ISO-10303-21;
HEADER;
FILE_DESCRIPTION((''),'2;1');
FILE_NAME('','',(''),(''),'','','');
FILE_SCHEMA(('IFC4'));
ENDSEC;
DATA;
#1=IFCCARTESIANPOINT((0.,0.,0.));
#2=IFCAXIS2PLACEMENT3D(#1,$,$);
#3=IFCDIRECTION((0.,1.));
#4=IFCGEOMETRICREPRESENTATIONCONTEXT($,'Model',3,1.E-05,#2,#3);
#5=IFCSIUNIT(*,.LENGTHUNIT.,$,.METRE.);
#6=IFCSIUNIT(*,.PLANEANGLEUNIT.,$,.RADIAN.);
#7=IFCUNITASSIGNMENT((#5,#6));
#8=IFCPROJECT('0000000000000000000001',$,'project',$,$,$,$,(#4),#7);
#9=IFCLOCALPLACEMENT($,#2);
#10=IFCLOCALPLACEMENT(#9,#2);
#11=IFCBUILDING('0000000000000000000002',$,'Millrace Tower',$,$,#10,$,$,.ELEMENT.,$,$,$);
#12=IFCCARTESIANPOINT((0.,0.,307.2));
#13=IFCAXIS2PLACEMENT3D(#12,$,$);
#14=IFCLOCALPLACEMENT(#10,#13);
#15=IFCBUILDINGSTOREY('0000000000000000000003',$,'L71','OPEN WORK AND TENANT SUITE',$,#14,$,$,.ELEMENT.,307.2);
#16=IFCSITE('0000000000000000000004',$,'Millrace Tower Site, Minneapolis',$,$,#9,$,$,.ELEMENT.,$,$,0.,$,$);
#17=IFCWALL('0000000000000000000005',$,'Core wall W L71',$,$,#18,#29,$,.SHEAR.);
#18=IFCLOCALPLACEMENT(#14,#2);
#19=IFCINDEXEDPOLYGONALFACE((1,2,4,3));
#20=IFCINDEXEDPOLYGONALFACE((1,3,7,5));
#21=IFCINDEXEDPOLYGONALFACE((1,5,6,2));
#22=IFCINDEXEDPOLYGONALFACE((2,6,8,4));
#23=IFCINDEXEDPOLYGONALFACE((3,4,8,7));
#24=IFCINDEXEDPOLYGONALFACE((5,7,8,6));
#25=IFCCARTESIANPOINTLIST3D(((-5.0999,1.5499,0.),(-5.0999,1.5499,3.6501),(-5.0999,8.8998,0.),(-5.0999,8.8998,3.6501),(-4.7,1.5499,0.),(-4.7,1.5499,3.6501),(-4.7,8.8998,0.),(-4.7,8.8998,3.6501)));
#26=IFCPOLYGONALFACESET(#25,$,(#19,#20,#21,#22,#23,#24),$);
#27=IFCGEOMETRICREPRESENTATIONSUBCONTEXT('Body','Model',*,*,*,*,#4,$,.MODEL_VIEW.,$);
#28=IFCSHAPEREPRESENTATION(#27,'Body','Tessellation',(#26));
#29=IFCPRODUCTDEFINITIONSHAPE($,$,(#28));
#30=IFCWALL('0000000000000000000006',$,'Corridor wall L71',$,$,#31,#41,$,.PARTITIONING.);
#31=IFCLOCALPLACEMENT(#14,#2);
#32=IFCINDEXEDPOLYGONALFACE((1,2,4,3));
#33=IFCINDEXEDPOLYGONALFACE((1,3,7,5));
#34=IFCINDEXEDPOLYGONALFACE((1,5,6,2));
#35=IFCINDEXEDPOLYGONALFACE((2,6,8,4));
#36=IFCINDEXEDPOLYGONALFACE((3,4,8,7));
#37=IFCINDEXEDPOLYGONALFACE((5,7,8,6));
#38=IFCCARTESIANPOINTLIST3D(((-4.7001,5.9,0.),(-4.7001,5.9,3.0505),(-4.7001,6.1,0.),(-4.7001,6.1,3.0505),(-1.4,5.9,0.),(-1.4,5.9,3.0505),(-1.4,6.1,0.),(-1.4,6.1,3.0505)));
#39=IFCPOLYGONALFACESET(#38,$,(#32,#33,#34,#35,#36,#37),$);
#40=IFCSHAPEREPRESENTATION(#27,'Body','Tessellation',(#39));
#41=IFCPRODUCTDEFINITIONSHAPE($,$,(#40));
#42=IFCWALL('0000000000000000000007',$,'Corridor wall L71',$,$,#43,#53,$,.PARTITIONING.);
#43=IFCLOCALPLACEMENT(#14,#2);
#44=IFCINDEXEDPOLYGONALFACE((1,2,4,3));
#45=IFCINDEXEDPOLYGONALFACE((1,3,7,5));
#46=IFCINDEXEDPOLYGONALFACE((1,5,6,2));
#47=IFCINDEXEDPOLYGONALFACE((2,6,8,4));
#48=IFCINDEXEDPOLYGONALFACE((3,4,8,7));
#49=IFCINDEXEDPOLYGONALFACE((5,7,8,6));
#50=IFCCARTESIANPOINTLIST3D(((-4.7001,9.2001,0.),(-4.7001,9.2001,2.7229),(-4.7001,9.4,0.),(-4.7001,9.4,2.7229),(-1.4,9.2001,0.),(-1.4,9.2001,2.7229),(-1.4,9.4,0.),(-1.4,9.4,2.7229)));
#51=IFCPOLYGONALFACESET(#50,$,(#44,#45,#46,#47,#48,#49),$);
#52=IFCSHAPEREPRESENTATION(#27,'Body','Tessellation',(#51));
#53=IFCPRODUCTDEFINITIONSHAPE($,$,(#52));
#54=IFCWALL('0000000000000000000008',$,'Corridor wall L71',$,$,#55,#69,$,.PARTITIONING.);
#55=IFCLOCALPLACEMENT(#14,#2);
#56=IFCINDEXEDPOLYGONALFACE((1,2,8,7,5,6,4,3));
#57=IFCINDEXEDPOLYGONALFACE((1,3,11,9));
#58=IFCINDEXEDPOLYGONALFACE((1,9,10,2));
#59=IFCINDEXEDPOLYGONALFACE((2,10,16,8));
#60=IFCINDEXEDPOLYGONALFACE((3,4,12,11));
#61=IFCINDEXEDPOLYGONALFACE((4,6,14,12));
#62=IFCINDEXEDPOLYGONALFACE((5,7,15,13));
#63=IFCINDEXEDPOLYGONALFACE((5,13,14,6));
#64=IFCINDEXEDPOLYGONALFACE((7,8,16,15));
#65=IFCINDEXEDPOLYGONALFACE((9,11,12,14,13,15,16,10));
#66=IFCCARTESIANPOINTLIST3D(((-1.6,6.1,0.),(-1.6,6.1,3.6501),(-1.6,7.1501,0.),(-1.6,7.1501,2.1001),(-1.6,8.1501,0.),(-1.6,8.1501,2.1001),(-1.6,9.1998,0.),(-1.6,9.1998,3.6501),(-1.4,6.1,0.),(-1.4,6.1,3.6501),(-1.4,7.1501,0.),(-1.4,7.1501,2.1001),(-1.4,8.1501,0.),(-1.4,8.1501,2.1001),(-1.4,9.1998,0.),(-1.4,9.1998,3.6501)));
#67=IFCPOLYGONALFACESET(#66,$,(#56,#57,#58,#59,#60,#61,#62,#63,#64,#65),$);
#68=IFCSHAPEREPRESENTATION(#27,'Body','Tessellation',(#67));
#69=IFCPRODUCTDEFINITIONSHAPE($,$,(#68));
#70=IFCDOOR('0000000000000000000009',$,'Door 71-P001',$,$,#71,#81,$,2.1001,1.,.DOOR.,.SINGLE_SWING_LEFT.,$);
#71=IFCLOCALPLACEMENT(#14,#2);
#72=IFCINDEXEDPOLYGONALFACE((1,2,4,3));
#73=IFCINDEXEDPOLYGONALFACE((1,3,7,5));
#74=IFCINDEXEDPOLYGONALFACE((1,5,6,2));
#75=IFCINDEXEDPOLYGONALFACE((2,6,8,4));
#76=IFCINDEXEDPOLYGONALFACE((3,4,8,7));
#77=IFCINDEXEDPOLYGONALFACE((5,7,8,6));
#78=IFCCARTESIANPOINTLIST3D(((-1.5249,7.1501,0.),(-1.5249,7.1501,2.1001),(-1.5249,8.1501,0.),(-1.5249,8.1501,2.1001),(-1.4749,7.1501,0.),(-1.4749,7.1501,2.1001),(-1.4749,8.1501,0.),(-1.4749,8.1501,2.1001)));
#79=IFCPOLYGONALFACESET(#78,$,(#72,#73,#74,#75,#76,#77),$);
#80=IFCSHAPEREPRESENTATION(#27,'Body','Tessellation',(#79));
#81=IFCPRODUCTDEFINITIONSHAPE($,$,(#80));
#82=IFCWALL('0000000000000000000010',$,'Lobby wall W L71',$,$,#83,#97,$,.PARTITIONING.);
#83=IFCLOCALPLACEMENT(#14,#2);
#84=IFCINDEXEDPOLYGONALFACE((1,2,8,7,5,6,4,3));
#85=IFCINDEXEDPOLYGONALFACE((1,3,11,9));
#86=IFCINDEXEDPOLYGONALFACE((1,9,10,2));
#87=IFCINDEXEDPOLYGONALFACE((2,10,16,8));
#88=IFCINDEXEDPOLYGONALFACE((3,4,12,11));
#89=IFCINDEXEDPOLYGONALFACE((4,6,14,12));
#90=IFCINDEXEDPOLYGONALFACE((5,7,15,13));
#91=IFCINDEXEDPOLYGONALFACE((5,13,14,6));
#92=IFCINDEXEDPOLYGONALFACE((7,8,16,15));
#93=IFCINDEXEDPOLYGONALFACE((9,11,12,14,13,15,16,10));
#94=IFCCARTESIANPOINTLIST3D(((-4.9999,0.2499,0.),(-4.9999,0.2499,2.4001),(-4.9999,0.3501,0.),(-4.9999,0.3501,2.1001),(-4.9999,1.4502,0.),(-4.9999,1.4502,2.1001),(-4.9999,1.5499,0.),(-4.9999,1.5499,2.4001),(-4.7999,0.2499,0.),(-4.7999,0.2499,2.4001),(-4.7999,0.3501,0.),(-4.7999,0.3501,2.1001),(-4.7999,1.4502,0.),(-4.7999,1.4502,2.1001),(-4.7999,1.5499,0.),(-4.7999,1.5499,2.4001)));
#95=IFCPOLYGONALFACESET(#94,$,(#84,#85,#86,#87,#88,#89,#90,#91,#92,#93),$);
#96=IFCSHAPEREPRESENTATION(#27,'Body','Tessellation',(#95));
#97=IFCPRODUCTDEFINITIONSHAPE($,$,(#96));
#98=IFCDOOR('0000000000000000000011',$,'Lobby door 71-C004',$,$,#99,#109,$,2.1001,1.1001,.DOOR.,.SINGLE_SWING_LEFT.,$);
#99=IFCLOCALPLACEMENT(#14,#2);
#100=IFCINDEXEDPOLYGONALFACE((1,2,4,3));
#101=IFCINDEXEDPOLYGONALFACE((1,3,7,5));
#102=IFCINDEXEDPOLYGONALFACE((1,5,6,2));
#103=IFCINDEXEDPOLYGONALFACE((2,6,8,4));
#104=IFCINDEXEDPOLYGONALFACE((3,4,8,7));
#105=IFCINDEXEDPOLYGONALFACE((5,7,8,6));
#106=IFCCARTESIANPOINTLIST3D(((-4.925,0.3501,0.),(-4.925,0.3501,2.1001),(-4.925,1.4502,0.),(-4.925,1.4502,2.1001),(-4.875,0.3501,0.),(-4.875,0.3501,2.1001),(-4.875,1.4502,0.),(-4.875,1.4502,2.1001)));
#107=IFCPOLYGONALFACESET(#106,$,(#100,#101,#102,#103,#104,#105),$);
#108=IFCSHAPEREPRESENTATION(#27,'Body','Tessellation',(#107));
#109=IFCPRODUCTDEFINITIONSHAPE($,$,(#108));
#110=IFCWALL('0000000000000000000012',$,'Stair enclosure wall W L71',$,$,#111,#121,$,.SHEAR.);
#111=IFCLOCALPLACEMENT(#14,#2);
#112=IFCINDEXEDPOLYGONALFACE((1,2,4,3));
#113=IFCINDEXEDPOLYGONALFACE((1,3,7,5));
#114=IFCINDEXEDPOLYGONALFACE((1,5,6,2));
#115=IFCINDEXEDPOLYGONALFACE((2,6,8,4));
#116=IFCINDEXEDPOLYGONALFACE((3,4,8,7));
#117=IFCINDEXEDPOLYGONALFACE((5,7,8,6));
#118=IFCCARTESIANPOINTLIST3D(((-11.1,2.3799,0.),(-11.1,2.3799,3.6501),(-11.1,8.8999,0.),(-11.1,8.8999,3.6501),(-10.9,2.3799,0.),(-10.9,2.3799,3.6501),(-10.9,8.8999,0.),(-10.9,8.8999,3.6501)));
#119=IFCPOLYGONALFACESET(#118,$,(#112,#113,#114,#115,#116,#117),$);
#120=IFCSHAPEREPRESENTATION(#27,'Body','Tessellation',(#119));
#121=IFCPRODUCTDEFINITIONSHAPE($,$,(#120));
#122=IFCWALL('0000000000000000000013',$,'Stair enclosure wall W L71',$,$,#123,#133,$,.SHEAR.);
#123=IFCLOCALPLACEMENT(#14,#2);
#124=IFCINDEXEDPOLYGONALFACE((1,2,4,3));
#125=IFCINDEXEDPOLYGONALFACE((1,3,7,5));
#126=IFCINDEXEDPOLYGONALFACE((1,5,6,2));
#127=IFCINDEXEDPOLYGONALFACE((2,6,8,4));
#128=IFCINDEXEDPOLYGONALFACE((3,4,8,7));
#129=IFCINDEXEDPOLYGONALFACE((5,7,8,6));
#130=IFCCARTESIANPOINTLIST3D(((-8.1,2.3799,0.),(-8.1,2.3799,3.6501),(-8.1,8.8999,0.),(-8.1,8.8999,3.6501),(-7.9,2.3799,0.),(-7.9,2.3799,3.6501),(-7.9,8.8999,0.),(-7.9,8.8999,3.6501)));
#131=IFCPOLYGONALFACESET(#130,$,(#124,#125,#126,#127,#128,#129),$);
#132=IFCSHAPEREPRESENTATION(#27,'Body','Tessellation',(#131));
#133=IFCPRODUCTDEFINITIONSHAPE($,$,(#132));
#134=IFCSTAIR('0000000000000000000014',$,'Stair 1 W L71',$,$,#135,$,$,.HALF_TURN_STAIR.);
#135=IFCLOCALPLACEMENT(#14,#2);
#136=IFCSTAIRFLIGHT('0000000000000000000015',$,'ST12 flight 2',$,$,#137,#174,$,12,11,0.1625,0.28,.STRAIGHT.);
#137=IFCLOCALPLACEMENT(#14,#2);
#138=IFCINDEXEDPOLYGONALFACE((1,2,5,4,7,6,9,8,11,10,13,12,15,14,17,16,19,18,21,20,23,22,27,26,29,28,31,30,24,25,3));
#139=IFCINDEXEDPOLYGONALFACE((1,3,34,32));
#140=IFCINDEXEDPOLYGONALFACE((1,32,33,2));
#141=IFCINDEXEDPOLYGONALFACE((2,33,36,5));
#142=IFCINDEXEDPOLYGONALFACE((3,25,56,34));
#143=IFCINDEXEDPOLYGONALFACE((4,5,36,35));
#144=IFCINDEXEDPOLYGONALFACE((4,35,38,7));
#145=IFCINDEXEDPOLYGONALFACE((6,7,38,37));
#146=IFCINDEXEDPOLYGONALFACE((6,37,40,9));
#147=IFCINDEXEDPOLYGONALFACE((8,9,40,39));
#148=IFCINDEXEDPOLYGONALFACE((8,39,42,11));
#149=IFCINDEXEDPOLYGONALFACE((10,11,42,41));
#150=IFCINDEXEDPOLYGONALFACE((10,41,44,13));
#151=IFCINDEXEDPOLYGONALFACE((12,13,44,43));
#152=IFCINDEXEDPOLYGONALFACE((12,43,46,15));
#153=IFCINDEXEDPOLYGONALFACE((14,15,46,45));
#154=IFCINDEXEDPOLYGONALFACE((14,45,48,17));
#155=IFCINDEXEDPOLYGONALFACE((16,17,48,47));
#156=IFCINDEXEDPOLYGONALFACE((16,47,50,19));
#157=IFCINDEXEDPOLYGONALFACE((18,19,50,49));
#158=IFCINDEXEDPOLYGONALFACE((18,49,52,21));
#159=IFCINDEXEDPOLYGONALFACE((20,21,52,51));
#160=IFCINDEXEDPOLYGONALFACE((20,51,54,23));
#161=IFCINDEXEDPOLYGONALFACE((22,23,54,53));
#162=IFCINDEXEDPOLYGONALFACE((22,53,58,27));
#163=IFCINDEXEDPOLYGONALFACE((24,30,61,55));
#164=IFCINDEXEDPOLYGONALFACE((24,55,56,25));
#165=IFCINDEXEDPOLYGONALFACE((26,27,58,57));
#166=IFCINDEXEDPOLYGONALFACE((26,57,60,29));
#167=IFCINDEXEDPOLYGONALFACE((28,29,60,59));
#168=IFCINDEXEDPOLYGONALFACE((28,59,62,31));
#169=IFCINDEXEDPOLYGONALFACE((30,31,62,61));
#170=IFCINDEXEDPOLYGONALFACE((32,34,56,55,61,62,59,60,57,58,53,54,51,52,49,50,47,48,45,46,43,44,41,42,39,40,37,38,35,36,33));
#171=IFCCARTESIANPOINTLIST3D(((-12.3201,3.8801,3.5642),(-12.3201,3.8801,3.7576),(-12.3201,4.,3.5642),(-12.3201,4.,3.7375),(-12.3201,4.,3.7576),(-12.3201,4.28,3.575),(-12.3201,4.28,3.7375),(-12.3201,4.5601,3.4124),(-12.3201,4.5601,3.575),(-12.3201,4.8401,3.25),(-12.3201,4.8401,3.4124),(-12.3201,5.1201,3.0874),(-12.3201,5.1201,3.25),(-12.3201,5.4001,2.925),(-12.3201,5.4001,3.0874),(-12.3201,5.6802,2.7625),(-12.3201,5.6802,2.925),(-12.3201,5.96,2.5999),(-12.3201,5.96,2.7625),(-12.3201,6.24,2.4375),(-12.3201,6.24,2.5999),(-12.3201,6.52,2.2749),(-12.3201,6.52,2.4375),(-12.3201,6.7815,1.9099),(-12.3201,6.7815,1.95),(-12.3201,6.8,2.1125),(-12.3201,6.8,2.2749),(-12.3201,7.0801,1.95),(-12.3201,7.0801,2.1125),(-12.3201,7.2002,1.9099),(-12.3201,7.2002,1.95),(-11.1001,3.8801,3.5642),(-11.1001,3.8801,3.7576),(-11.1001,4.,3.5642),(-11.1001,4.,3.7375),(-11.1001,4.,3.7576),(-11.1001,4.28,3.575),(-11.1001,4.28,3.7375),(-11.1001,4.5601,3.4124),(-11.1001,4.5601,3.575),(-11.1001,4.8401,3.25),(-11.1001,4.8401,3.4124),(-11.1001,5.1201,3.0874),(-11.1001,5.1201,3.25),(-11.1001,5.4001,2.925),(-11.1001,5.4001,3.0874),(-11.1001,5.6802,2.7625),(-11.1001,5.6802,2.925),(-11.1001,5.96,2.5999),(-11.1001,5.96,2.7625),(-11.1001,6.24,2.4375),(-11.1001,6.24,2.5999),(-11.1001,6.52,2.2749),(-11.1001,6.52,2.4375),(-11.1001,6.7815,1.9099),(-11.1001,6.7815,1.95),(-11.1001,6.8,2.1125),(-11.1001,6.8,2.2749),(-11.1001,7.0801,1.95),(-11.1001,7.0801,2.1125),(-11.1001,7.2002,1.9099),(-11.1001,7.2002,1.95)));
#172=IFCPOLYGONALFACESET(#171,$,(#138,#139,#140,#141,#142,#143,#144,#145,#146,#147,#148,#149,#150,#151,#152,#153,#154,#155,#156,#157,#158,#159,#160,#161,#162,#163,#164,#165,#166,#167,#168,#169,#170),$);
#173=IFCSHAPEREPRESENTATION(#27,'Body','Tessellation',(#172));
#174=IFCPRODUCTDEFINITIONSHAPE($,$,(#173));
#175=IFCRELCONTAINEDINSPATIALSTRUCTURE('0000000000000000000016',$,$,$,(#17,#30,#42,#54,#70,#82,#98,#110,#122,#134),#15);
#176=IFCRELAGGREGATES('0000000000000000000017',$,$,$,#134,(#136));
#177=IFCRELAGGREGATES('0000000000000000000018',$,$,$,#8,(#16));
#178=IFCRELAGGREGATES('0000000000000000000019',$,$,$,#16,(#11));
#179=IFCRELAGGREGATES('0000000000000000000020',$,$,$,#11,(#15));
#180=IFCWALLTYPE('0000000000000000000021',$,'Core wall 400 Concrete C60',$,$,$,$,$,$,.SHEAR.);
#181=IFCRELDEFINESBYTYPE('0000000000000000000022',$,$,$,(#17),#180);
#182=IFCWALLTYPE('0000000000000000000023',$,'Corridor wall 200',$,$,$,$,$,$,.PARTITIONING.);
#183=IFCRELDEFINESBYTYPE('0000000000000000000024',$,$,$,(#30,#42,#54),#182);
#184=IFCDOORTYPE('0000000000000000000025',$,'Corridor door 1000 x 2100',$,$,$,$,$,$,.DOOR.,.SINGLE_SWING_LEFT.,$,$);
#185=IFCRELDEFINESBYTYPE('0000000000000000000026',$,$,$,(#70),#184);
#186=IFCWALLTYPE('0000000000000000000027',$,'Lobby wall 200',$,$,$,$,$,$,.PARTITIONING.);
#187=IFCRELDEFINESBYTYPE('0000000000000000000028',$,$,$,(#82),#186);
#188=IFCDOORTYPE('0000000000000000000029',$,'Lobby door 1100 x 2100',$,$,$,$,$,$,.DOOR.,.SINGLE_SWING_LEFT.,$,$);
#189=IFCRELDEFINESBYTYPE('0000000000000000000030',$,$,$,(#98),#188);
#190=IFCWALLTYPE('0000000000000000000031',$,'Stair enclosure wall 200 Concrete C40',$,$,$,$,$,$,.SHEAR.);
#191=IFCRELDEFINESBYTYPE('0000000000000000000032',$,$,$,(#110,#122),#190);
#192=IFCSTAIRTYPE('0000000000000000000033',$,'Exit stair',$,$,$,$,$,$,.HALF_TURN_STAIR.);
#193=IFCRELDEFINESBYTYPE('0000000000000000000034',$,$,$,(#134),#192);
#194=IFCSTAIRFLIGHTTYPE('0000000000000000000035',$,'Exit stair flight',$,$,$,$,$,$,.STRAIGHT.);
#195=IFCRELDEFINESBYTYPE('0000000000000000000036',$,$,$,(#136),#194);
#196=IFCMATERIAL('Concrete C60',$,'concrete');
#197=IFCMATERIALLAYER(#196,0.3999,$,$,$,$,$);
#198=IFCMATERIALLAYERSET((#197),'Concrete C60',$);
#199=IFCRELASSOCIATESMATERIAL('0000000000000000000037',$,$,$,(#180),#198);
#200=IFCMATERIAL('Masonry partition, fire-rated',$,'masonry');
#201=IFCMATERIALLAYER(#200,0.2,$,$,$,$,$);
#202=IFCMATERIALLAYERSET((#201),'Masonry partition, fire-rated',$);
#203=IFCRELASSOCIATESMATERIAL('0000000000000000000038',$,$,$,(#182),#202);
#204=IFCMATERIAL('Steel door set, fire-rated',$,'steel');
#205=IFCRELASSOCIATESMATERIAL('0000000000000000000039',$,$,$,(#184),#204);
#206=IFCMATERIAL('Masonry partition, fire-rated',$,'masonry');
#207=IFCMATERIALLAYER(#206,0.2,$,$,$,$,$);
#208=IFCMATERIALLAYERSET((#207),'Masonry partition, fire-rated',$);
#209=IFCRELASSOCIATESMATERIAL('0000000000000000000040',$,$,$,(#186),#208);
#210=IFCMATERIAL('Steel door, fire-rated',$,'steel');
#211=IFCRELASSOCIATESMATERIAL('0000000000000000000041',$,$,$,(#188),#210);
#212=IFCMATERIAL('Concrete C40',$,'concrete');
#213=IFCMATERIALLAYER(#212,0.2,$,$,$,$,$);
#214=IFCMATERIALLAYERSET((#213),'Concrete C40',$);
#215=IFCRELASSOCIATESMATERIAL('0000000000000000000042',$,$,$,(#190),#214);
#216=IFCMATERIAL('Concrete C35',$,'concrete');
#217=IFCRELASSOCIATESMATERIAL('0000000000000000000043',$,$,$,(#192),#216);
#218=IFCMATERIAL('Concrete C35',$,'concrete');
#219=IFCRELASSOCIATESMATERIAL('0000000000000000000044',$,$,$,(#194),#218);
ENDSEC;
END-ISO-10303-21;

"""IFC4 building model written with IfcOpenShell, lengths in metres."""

from ifc_helpers import new_model, si_unit, direction, frame, frame_2d, origin, place, context, subcontext, project, spatial, polyline, rectangle, outline, extrude, material, layer, layer_set, type_object, element, fill, aggregate, save


model = new_model("IFC4")

# Units and contexts
model_context = context("Model", 3, precision=1e-05, world=origin(), true_north=direction((0.0, 1.0)))
body_context = subcontext(model_context, "Body", "Model", "MODEL_VIEW")
ifc_project = project(units=[si_unit("LENGTHUNIT", "METRE"), si_unit("PLANEANGLEUNIT", "RADIAN")], contexts=[model_context])

# Site, building, storey
site_placement = place(None, origin())
site = spatial("IfcSite", under=ifc_project, at=site_placement, Name="Millrace Tower Site, Minneapolis", CompositionType="ELEMENT", RefElevation=0.0)
building_placement = place(site_placement, origin())
building = spatial("IfcBuilding", under=site, at=building_placement, Name="Millrace Tower", CompositionType="ELEMENT")
storey_placement = place(building_placement, frame((0.0, 0.0, 307.2)))
storey = spatial("IfcBuildingStorey", under=building, at=storey_placement, Name="L71", Description="OPEN WORK AND TENANT SUITE", CompositionType="ELEMENT", Elevation=307.2)

# Walls
ifc_material_1 = material(Name="Concrete C60", Category="concrete")
ifc_layer_1 = layer(ifc_material_1, 0.3999)
ifc_layer_set_1 = layer_set([ifc_layer_1], Name="Concrete C60")
wall_type_1 = type_object("IfcWallType", Name="Core wall 400 Concrete C60", PredefinedType="SHEAR", material=ifc_layer_set_1)
wall_1_placement = place(storey_placement, frame((-4.8999, 1.55, 0.0), z_axis=(0.0, 0.0, 1.0), x_axis=(0.0, 1.0, 0.0)))
element("IfcWall", 1, at=wall_1_placement, inside=storey, type_object=wall_type_1, Name="Core wall W L71", PredefinedType="SHEAR", context=body_context, shape_type="SweptSolid", body=[
    extrude(rectangle(XDim=7.3499, YDim=0.3999, at=frame_2d((3.6748, 0.0))), origin(), (0.0, 0.0, 1.0), 3.6501),
])
ifc_material_2 = material(Name="Masonry partition, fire-rated", Category="masonry")
ifc_layer_2 = layer(ifc_material_2, 0.2)
ifc_layer_set_2 = layer_set([ifc_layer_2], Name="Masonry partition, fire-rated")
wall_type_2 = type_object("IfcWallType", Name="Corridor wall 200", PredefinedType="PARTITIONING", material=ifc_layer_set_2)
wall_2_placement = place(storey_placement, frame((-4.7, 6.0, 0.0), z_axis=(0.0, 0.0, 1.0), x_axis=(1.0, 0.0, 0.0)))
element("IfcWall", 2, at=wall_2_placement, inside=storey, type_object=wall_type_2, Name="Corridor wall L71", PredefinedType="PARTITIONING", context=body_context, shape_type="SweptSolid", body=[
    extrude(rectangle(XDim=3.3, YDim=0.2, at=frame_2d((1.6499, 0.0))), origin(), (0.0, 0.0, 1.0), 3.0505),
])
wall_3_placement = place(storey_placement, frame((-4.7, 9.3, 0.0), z_axis=(0.0, 0.0, 1.0), x_axis=(1.0, 0.0, 0.0)))
element("IfcWall", 3, at=wall_3_placement, inside=storey, type_object=wall_type_2, Name="Corridor wall L71", PredefinedType="PARTITIONING", context=body_context, shape_type="SweptSolid", body=[
    extrude(rectangle(XDim=3.3, YDim=0.2, at=frame_2d((1.6499, 0.0))), origin(), (0.0, 0.0, 1.0), 2.7229),
])

# Walls, openings, doors
wall_4_placement = place(storey_placement, frame((-1.5, 6.1001, 0.0), z_axis=(0.0, 0.0, 1.0), x_axis=(0.0, 1.0, 0.0)))
wall_4 = element("IfcWall", 4, at=wall_4_placement, inside=storey, type_object=wall_type_2, Name="Corridor wall L71", PredefinedType="PARTITIONING", context=body_context, shape_type="SweptSolid", body=[
    extrude(rectangle(XDim=3.0999, YDim=0.2, at=frame_2d((1.5498, 0.0))), origin(), (0.0, 0.0, 1.0), 3.6501),
])
opening_1_placement = place(wall_4_placement, frame((1.05, 0.0, 0.0)))
opening_1 = element("IfcOpeningElement", 5, at=opening_1_placement, cuts=wall_4, PredefinedType="OPENING", context=body_context, shape_type="SweptSolid", body=[
    extrude(rectangle(XDim=1.0, YDim=2.1001, at=frame_2d((0.5, 1.05))), frame((0.0, 0.1099, 0.0), z_axis=(0.0, -1.0, 0.0), x_axis=(1.0, 0.0, 0.0)), (0.0, 0.0, 1.0), 0.22),
])
ifc_material_3 = material(Name="Steel door set, fire-rated", Category="steel")
door_type_1 = type_object("IfcDoorType", Name="Corridor door 1000 x 2100", OperationType="SINGLE_SWING_LEFT", PredefinedType="DOOR", material=ifc_material_3)
door_1_placement = place(opening_1_placement, origin())
door_1 = element("IfcDoor", 6, at=door_1_placement, inside=storey, type_object=door_type_1, Name="Door 71-P001", OperationType="SINGLE_SWING_LEFT", OverallHeight=2.1001, OverallWidth=1.0, PredefinedType="DOOR", context=body_context, shape_type="SweptSolid", body=[
    extrude(rectangle(XDim=1.0, YDim=2.1001, at=frame_2d((0.5, 1.05))), frame((0.0, 0.0249, 0.0), z_axis=(0.0, -1.0, 0.0), x_axis=(1.0, 0.0, 0.0)), (0.0, 0.0, 1.0), 0.05),
])
fill(opening_1, door_1)
ifc_material_4 = material(Name="Masonry partition, fire-rated", Category="masonry")
ifc_layer_3 = layer(ifc_material_4, 0.2)
ifc_layer_set_3 = layer_set([ifc_layer_3], Name="Masonry partition, fire-rated")
wall_type_3 = type_object("IfcWallType", Name="Lobby wall 200", PredefinedType="PARTITIONING", material=ifc_layer_set_3)
wall_5_placement = place(storey_placement, frame((-4.8999, 0.25, 0.0), z_axis=(0.0, 0.0, 1.0), x_axis=(0.0, 1.0, 0.0)))
wall_5 = element("IfcWall", 7, at=wall_5_placement, inside=storey, type_object=wall_type_3, Name="Lobby wall W L71", PredefinedType="PARTITIONING", context=body_context, shape_type="SweptSolid", body=[
    extrude(rectangle(XDim=1.3, YDim=0.2, at=frame_2d((0.6499, 0.0))), origin(), (0.0, 0.0, 1.0), 2.4001),
])
opening_2_placement = place(wall_5_placement, frame((0.1001, 0.0, 0.0)))
opening_2 = element("IfcOpeningElement", 8, at=opening_2_placement, cuts=wall_5, PredefinedType="OPENING", context=body_context, shape_type="SweptSolid", body=[
    extrude(rectangle(XDim=1.1001, YDim=2.1001, at=frame_2d((0.55, 1.05))), frame((0.0, 0.1099, 0.0), z_axis=(0.0, -1.0, 0.0), x_axis=(1.0, 0.0, 0.0)), (0.0, 0.0, 1.0), 0.22),
])
ifc_material_5 = material(Name="Steel door, fire-rated", Category="steel")
door_type_2 = type_object("IfcDoorType", Name="Lobby door 1100 x 2100", OperationType="SINGLE_SWING_LEFT", PredefinedType="DOOR", material=ifc_material_5)
door_2_placement = place(opening_2_placement, frame((1.1001, 0.0, 0.0), z_axis=(0.0, 0.0, 1.0), x_axis=(-1.0, 0.0, 0.0)))
door_2 = element("IfcDoor", 9, at=door_2_placement, inside=storey, type_object=door_type_2, Name="Lobby door 71-C004", OperationType="SINGLE_SWING_LEFT", OverallHeight=2.1001, OverallWidth=1.1001, PredefinedType="DOOR", context=body_context, shape_type="SweptSolid", body=[
    extrude(rectangle(XDim=1.1001, YDim=2.1001, at=frame_2d((0.55, 1.05))), frame((0.0, 0.0249, 0.0), z_axis=(0.0, -1.0, 0.0), x_axis=(1.0, 0.0, 0.0)), (0.0, 0.0, 1.0), 0.05),
])
fill(opening_2, door_2)

# Walls
ifc_material_6 = material(Name="Concrete C40", Category="concrete")
ifc_layer_4 = layer(ifc_material_6, 0.2)
ifc_layer_set_4 = layer_set([ifc_layer_4], Name="Concrete C40")
wall_type_4 = type_object("IfcWallType", Name="Stair enclosure wall 200 Concrete C40", PredefinedType="SHEAR", material=ifc_layer_set_4)
for number, where, z_axis, x_axis, name in (
    (10, (-11.0, 2.3799, 0.0), (0.0, 0.0, 1.0), (0.0, 1.0, 0.0), "Stair enclosure wall W L71"),
    (11, (-8.0, 2.3799, 0.0), (0.0, 0.0, 1.0), (0.0, 1.0, 0.0), "Stair enclosure wall W L71"),
):
    element("IfcWall", number, at=place(storey_placement, frame(where, z_axis=z_axis, x_axis=x_axis)), inside=storey, type_object=wall_type_4, Name=name, PredefinedType="SHEAR", context=body_context, shape_type="SweptSolid", body=[
        extrude(rectangle(XDim=6.52, YDim=0.2, at=frame_2d((3.26, 0.0))), origin(), (0.0, 0.0, 1.0), 3.6501),
    ])

# Stair, stair flight
ifc_material_7 = material(Name="Concrete C35", Category="concrete")
stair_type = type_object("IfcStairType", Name="Exit stair", PredefinedType="HALF_TURN_STAIR", material=ifc_material_7)
placement = place(storey_placement, origin())
stair_1 = element("IfcStair", 12, at=placement, inside=storey, type_object=stair_type, Name="Stair 1 W L71", PredefinedType="HALF_TURN_STAIR")
ifc_material_8 = material(Name="Concrete C35", Category="concrete")
stair_flight_type = type_object("IfcStairFlightType", Name="Exit stair flight", PredefinedType="STRAIGHT", material=ifc_material_8)
stair_flight_1_placement = place(storey_placement, frame((-11.71, 7.0801, 1.95), z_axis=(0.0, 0.0, 1.0), x_axis=(0.0, -1.0, 0.0)))
stair_flight_1 = element("IfcStairFlight", 13, at=stair_flight_1_placement, type_object=stair_flight_type, Name="ST12 flight 2", NumberOfRisers=12, NumberOfTreads=11, PredefinedType="STRAIGHT", RiserHeight=0.1625, TreadLength=0.28, context=body_context, shape_type="SweptSolid", body=[
    extrude(outline(polyline([(-0.1201, -0.04), (-0.1201, 0.0), (0.0, 0.0), (0.0, 0.1626), (0.28, 0.1626), (0.28, 0.325), (0.5601, 0.325), (0.5601, 0.4875), (0.8401, 0.4875), (0.8401, 0.6499), (1.1201, 0.6499), (1.1201, 0.8125), (1.3999, 0.8125), (1.3999, 0.9751), (1.6799, 0.9751), (1.6799, 1.1375), (1.96, 1.1375), (1.96, 1.3), (2.24, 1.3), (2.24, 1.4624), (2.52, 1.4624), (2.52, 1.625), (2.8, 1.625), (2.8, 1.7876), (3.0801, 1.7876), (3.0801, 1.8076), (3.2, 1.8076), (3.2, 1.6143), (3.0801, 1.6143), (0.2986, 0.0), (0.2986, -0.04), (-0.1201, -0.04)])), frame((0.0, 0.6099, 0.0), z_axis=(0.0, -1.0, 0.0), x_axis=(1.0, 0.0, 0.0)), (0.0, 0.0, 1.0), 1.22),
])
aggregate(stair_1, [stair_flight_1])

save(model, "model.ifc")
